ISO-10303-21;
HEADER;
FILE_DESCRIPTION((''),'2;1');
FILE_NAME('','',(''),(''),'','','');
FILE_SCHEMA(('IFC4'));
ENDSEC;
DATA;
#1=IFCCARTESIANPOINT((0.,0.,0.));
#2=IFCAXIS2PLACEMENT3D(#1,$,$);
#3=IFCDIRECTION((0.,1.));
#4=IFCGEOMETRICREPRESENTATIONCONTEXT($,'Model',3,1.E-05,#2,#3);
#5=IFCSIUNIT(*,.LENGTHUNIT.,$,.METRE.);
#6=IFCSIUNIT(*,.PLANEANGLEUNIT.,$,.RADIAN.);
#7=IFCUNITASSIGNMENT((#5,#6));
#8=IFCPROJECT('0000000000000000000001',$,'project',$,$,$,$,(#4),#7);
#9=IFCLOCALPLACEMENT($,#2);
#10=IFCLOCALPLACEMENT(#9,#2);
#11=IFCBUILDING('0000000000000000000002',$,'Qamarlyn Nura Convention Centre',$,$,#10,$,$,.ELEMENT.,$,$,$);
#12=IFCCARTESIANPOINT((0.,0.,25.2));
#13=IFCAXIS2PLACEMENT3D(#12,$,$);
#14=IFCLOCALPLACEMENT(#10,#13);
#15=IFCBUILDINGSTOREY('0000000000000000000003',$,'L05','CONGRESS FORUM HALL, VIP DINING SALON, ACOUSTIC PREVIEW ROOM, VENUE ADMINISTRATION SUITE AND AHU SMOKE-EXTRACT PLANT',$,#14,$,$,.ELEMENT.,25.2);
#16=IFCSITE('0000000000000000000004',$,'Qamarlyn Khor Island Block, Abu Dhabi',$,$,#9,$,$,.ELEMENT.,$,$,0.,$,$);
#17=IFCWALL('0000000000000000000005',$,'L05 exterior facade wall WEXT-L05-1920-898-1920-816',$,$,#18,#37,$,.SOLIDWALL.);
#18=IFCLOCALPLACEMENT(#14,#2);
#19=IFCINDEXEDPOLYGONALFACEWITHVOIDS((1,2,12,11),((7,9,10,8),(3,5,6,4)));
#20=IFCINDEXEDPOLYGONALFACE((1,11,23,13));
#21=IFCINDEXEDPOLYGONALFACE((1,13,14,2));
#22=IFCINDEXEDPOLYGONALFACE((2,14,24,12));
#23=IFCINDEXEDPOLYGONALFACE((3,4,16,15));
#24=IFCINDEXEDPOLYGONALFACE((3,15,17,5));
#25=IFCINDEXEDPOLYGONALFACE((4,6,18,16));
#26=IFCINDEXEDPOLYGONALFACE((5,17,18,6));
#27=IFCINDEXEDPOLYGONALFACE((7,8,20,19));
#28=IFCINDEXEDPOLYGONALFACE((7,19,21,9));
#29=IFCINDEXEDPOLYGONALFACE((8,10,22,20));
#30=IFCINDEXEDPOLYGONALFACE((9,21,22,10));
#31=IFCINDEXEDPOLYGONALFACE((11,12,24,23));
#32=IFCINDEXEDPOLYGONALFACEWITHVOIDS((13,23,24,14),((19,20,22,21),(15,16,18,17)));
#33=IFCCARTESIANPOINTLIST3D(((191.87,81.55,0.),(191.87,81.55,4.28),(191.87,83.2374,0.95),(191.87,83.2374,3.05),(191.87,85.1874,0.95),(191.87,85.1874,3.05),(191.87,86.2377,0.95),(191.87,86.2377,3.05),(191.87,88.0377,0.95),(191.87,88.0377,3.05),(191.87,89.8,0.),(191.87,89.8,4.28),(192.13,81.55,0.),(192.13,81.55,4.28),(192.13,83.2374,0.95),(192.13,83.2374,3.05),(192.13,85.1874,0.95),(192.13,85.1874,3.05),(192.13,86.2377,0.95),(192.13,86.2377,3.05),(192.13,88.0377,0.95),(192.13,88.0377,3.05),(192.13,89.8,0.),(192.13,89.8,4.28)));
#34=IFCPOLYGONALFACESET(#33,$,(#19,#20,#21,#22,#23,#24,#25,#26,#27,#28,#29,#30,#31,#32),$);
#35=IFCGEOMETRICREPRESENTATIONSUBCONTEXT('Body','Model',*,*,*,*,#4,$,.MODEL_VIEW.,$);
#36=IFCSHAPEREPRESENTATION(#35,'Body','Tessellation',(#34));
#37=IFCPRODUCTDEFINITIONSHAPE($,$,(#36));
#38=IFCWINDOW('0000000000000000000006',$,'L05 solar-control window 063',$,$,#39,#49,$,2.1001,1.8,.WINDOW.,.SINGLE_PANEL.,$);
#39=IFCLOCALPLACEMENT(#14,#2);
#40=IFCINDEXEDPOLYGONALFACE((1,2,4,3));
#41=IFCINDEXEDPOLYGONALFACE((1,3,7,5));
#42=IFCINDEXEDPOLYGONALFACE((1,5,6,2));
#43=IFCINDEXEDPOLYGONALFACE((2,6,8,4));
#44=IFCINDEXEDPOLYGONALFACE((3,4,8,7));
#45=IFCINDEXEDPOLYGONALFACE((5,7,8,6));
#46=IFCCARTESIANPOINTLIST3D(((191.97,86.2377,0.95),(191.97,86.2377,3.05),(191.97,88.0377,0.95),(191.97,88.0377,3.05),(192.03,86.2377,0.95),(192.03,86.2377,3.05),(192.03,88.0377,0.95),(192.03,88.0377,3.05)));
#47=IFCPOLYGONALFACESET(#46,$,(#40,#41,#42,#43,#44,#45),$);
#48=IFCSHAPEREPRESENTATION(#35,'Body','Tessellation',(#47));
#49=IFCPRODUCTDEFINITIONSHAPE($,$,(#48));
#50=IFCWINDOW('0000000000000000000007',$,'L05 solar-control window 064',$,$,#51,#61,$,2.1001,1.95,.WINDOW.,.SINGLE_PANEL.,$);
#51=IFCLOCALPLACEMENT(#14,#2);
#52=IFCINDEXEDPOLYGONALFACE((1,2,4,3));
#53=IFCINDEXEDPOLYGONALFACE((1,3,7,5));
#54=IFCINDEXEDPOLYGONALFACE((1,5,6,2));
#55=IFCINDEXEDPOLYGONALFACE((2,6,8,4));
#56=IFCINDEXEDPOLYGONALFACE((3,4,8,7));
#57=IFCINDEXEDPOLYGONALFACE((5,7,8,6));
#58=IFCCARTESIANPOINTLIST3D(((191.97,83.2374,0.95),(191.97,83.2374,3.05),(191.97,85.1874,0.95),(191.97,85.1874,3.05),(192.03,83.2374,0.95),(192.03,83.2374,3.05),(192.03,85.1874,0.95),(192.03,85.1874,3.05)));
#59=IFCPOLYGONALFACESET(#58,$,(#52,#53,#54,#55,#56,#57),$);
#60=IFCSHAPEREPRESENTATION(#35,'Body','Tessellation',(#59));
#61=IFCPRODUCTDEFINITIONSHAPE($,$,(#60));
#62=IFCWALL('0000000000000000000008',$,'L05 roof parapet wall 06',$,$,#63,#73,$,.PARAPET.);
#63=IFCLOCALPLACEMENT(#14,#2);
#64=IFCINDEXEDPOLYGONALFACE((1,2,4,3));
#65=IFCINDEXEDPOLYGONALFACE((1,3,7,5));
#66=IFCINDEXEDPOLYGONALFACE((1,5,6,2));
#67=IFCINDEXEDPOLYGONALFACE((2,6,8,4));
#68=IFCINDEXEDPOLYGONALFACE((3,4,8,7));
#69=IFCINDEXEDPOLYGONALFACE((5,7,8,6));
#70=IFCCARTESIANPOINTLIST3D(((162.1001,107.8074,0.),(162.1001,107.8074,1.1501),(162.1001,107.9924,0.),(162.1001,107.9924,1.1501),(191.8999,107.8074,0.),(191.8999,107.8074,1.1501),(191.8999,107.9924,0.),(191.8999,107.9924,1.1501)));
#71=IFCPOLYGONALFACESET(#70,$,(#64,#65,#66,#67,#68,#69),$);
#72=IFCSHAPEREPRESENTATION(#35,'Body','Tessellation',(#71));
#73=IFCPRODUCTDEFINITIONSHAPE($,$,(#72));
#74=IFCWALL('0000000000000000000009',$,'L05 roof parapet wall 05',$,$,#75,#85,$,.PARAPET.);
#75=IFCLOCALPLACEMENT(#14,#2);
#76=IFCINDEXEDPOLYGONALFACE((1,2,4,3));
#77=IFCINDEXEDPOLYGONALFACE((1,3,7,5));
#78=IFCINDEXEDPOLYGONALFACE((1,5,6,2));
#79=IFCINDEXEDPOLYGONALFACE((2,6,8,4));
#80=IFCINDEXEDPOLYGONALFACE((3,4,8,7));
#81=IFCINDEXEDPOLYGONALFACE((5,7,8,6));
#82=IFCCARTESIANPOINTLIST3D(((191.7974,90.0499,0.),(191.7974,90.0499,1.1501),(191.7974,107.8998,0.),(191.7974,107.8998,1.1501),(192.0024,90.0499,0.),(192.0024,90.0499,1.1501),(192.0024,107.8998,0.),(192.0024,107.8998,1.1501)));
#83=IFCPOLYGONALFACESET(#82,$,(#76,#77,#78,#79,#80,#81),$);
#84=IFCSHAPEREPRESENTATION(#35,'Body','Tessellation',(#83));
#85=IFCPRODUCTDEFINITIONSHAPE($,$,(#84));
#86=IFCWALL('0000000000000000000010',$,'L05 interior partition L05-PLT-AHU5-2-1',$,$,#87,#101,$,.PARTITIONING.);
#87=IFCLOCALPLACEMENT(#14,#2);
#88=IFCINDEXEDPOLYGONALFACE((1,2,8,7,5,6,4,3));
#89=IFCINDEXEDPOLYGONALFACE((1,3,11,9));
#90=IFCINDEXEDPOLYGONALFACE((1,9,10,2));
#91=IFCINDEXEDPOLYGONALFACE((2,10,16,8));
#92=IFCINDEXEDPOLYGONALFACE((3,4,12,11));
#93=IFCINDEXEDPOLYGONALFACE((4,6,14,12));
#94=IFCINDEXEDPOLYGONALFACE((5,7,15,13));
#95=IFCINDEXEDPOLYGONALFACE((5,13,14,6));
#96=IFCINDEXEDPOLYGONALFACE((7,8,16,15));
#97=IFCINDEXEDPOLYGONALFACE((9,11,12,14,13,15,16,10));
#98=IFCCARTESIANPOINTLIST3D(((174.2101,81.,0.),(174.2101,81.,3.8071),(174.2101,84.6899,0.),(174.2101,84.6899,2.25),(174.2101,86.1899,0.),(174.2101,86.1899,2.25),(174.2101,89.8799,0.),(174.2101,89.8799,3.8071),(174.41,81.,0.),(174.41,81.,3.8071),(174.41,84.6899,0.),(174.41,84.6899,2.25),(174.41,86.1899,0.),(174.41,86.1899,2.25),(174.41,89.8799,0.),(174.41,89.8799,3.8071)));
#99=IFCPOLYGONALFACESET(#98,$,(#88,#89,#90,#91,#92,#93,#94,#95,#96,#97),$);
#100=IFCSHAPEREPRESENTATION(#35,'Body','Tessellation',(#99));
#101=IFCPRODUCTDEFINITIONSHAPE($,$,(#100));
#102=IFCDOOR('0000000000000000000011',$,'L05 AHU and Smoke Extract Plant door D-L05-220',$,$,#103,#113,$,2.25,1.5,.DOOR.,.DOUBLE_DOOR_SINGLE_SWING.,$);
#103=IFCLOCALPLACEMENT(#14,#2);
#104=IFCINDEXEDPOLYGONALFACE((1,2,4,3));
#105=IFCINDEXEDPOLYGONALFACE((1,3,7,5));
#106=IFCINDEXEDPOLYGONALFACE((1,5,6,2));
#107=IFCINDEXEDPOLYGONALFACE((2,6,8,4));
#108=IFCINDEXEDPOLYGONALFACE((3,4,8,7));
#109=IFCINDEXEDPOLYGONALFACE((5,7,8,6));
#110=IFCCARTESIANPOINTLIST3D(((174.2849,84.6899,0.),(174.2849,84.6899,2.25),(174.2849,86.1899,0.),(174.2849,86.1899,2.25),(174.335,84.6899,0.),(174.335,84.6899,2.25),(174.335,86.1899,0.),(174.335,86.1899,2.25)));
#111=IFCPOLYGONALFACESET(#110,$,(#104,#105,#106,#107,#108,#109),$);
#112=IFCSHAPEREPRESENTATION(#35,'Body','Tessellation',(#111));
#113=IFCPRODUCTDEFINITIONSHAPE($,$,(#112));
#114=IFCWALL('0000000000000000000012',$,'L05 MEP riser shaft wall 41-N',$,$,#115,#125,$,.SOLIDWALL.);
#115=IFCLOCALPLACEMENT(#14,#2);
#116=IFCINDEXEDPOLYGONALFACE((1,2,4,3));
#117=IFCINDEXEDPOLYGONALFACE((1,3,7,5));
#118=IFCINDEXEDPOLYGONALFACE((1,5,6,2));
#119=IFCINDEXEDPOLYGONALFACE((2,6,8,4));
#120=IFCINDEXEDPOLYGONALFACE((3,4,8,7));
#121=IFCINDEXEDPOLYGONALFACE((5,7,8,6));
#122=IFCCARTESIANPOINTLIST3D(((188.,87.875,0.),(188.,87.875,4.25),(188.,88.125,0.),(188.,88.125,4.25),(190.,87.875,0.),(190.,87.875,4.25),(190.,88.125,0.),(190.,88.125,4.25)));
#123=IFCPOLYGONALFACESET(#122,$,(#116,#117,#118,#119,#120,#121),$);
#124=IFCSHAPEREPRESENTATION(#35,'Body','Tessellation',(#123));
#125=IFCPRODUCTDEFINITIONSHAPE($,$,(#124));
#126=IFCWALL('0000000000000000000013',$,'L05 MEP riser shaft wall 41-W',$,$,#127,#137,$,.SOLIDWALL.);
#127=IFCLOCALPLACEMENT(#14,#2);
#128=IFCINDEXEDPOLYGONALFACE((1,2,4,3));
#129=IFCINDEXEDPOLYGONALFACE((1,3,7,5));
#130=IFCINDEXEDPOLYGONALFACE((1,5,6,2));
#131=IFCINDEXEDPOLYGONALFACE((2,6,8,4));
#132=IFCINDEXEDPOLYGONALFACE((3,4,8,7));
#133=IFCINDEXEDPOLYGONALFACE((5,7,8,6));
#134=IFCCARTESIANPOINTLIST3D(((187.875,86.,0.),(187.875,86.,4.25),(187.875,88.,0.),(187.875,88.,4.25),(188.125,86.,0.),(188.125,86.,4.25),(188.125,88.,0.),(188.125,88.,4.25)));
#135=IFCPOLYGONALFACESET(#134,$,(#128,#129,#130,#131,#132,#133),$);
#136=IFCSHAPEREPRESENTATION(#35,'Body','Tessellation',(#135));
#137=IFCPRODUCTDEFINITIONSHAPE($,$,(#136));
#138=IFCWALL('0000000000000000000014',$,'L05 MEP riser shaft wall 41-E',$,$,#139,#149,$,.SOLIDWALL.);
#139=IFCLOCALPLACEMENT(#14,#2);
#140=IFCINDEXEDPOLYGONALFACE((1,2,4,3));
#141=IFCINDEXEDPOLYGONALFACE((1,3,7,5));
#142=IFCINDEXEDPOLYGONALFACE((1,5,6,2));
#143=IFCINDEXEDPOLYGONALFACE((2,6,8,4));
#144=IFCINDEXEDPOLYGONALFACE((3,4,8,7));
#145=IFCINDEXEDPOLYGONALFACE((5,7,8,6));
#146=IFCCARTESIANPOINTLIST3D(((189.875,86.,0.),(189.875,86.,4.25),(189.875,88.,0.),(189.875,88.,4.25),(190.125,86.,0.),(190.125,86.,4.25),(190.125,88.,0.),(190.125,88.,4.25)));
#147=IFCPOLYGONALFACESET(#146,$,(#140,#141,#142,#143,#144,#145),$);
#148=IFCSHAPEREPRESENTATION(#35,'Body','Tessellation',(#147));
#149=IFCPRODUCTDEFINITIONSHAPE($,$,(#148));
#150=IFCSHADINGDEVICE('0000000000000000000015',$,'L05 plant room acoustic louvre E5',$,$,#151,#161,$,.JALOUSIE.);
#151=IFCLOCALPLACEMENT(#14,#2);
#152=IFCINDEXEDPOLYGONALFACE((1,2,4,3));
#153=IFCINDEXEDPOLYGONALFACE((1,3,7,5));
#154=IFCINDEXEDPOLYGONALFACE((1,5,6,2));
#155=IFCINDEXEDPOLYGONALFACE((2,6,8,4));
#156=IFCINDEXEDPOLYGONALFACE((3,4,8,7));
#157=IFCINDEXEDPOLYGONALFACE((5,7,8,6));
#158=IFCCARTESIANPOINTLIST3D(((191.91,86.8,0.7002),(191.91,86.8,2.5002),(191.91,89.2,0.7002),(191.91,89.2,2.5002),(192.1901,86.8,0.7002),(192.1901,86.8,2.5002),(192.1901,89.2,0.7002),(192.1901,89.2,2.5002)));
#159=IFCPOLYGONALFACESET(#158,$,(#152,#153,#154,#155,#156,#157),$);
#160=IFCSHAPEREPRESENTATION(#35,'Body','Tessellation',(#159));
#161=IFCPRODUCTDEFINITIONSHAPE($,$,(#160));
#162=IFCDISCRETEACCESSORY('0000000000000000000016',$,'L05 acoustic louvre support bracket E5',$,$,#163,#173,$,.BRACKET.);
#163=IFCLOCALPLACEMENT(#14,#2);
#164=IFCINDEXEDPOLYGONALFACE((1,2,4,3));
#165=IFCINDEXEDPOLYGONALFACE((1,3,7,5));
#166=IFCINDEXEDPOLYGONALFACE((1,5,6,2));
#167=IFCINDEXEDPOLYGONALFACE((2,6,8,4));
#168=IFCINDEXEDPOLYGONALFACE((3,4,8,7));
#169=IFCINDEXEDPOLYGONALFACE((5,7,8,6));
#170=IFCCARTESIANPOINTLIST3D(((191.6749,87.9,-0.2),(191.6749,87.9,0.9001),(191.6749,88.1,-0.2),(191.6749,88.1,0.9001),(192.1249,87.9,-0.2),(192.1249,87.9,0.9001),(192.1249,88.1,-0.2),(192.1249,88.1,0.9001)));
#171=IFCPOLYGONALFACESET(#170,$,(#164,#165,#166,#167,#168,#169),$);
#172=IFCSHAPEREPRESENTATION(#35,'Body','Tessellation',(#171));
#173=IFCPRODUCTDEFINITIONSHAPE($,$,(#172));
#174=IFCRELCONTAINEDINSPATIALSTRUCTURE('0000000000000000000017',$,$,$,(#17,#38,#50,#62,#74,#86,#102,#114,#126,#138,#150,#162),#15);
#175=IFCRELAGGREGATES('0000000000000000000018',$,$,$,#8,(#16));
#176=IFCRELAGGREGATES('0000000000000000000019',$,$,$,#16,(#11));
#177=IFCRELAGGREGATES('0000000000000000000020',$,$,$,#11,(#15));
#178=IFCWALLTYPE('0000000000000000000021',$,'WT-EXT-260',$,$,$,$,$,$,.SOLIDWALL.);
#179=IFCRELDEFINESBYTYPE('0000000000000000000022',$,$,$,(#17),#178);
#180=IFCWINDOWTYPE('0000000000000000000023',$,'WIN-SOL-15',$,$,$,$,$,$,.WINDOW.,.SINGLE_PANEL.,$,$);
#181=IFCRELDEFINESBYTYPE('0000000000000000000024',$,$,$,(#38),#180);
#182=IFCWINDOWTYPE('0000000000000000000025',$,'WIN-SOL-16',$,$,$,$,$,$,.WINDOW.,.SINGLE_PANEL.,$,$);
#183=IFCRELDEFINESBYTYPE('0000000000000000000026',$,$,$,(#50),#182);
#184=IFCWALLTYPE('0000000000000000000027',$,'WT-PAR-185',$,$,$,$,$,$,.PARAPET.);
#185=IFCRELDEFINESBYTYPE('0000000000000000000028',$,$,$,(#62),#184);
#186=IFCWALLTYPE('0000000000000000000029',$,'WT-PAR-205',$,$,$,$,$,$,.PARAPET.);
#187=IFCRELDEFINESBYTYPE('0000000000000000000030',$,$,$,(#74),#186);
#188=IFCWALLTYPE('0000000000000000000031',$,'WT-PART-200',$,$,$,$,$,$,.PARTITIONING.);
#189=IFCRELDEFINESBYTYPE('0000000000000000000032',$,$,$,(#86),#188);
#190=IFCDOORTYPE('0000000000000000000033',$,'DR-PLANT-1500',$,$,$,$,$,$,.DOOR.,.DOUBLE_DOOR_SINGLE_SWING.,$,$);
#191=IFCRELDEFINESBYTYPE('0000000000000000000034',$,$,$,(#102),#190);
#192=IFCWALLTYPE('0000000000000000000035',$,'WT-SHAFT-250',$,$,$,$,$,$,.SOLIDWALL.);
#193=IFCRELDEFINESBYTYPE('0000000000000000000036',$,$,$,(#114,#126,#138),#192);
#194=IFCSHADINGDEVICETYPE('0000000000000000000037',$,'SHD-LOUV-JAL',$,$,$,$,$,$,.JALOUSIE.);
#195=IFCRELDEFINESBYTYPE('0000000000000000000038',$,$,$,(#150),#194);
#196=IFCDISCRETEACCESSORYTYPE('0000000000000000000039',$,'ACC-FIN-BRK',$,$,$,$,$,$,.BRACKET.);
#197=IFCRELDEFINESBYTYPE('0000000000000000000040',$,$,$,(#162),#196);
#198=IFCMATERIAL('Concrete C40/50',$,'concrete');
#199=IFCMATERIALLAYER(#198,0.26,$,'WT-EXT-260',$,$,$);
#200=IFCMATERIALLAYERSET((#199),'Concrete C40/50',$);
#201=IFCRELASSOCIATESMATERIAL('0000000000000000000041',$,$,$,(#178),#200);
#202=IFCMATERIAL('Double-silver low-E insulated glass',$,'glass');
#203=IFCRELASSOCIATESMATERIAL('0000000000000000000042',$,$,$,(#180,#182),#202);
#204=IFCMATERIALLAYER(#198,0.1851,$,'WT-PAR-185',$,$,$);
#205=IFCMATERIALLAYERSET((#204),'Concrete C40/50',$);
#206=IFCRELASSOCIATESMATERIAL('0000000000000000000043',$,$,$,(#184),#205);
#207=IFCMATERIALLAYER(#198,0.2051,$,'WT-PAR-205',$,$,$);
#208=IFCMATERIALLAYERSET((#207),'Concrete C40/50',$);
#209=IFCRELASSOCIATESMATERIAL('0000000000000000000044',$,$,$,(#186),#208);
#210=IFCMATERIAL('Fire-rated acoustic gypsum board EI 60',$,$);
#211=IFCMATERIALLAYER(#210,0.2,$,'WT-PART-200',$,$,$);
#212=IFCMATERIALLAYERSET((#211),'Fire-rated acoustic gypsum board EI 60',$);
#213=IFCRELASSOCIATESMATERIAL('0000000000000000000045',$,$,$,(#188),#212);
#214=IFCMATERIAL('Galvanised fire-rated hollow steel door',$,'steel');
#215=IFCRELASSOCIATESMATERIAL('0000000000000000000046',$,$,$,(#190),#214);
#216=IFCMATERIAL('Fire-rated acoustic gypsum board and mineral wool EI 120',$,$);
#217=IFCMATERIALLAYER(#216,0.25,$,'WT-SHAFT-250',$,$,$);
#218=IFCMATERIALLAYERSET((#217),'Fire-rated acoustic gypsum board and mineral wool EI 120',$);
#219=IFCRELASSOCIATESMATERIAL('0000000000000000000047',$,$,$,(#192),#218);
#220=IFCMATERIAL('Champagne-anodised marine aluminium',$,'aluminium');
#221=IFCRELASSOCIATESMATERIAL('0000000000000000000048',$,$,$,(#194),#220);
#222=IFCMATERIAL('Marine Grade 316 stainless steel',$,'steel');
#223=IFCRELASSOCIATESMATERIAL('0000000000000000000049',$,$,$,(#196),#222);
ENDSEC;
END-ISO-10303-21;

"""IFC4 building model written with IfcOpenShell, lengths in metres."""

from ifc_helpers import new_model, si_unit, direction, frame, frame_2d, origin, origin_2d, place, context, subcontext, project, spatial, rectangle, extrude, material, layer, layer_set, type_object, element, fill, save


model = new_model("IFC4")

# Units and contexts
model_context = context("Model", 3, precision=1e-05, world=origin(), true_north=direction((0.0, 1.0)))
body_context = subcontext(model_context, "Body", "Model", "MODEL_VIEW")
ifc_project = project(units=[si_unit("LENGTHUNIT", "METRE"), si_unit("PLANEANGLEUNIT", "RADIAN")], contexts=[model_context])

# Site, building, storey
site_placement = place(None, origin())
site = spatial("IfcSite", under=ifc_project, at=site_placement, Name="Qamarlyn Khor Island Block, Abu Dhabi", CompositionType="ELEMENT", RefElevation=0.0)
building_placement = place(site_placement, origin())
building = spatial("IfcBuilding", under=site, at=building_placement, Name="Qamarlyn Nura Convention Centre", CompositionType="ELEMENT")
storey_placement = place(building_placement, frame((0.0, 0.0, 25.2)))
storey = spatial("IfcBuildingStorey", under=building, at=storey_placement, Name="L05", Description="CONGRESS FORUM HALL, VIP DINING SALON, ACOUSTIC PREVIEW ROOM, VENUE ADMINISTRATION SUITE AND AHU SMOKE-EXTRACT PLANT", CompositionType="ELEMENT", Elevation=25.2)

# Shared definitions
ifc_material_1 = material(Name="Concrete C40/50", Category="concrete")

# Wall, openings, windows
ifc_layer_1 = layer(ifc_material_1, 0.26, Name="WT-EXT-260")
ifc_layer_set_1 = layer_set([ifc_layer_1], Name="Concrete C40/50")
wall_type_1 = type_object("IfcWallType", Name="WT-EXT-260", PredefinedType="SOLIDWALL", material=ifc_layer_set_1)
wall_1_placement = place(storey_placement, frame((192.0, 89.8, 0.0), z_axis=(0.0, 0.0, 1.0), x_axis=(0.0, -1.0, 0.0)))
wall_1 = element("IfcWall", 1, at=wall_1_placement, inside=storey, type_object=wall_type_1, Name="L05 exterior facade wall WEXT-L05-1920-898-1920-816", PredefinedType="SOLIDWALL", context=body_context, shape_type="SweptSolid", body=[
    extrude(rectangle(XDim=8.25, YDim=0.26, at=frame_2d((4.125, 0.0))), origin(), (0.0, 0.0, 1.0), 4.28),
])
opening_1_placement = place(wall_1_placement, frame((1.7625, 0.0, 0.95)))
opening_1 = element("IfcOpeningElement", 2, at=opening_1_placement, cuts=wall_1, PredefinedType="OPENING", context=body_context, shape_type="SweptSolid", body=[
    extrude(rectangle(XDim=1.8, YDim=2.1001, at=frame_2d((0.8999, 1.05))), frame((0.0, 0.1401, 0.0), z_axis=(0.0, -1.0, 0.0), x_axis=(1.0, 0.0, 0.0)), (0.0, 0.0, 1.0), 0.28),
])
opening_2_placement = place(wall_1_placement, frame((4.6125, 0.0, 0.95)))
opening_2 = element("IfcOpeningElement", 3, at=opening_2_placement, cuts=wall_1, PredefinedType="OPENING", context=body_context, shape_type="SweptSolid", body=[
    extrude(rectangle(XDim=1.95, YDim=2.1001, at=frame_2d((0.9751, 1.05))), frame((0.0, 0.1401, 0.0), z_axis=(0.0, -1.0, 0.0), x_axis=(1.0, 0.0, 0.0)), (0.0, 0.0, 1.0), 0.28),
])
ifc_material_2 = material(Name="Double-silver low-E insulated glass", Category="glass")
window_type_1 = type_object("IfcWindowType", Name="WIN-SOL-15", PartitioningType="SINGLE_PANEL", PredefinedType="WINDOW", material=ifc_material_2)
window_1_placement = place(opening_1_placement, origin())
window_1 = element("IfcWindow", 4, at=window_1_placement, inside=storey, type_object=window_type_1, Name="L05 solar-control window 063", OverallHeight=2.1001, OverallWidth=1.8, PartitioningType="SINGLE_PANEL", PredefinedType="WINDOW", context=body_context, shape_type="SweptSolid", body=[
    extrude(rectangle(XDim=1.8, YDim=2.1001, at=frame_2d((0.8999, 1.05))), frame((0.0, 0.03, 0.0), z_axis=(0.0, -1.0, 0.0), x_axis=(1.0, 0.0, 0.0)), (0.0, 0.0, 1.0), 0.0601),
])
fill(opening_1, window_1)
window_type_2 = type_object("IfcWindowType", Name="WIN-SOL-16", PartitioningType="SINGLE_PANEL", PredefinedType="WINDOW", material=ifc_material_2)
window_2_placement = place(opening_2_placement, origin())
window_2 = element("IfcWindow", 5, at=window_2_placement, inside=storey, type_object=window_type_2, Name="L05 solar-control window 064", OverallHeight=2.1001, OverallWidth=1.95, PartitioningType="SINGLE_PANEL", PredefinedType="WINDOW", context=body_context, shape_type="SweptSolid", body=[
    extrude(rectangle(XDim=1.95, YDim=2.1001, at=frame_2d((0.9751, 1.05))), frame((0.0, 0.03, 0.0), z_axis=(0.0, -1.0, 0.0), x_axis=(1.0, 0.0, 0.0)), (0.0, 0.0, 1.0), 0.0601),
])
fill(opening_2, window_2)

# Walls
ifc_layer_2 = layer(ifc_material_1, 0.1851, Name="WT-PAR-185")
ifc_layer_set_2 = layer_set([ifc_layer_2], Name="Concrete C40/50")
wall_type_2 = type_object("IfcWallType", Name="WT-PAR-185", PredefinedType="PARAPET", material=ifc_layer_set_2)
wall_2_placement = place(storey_placement, frame((191.8999, 107.8999, 0.0), z_axis=(0.0, 0.0, 1.0), x_axis=(-1.0, 0.0, 0.0)))
element("IfcWall", 6, at=wall_2_placement, inside=storey, type_object=wall_type_2, Name="L05 roof parapet wall 06", PredefinedType="PARAPET", context=body_context, shape_type="SweptSolid", body=[
    extrude(rectangle(XDim=29.7998, YDim=0.1851, at=frame_2d((14.8999, 0.0))), origin(), (0.0, 0.0, 1.0), 1.1501),
])
ifc_layer_3 = layer(ifc_material_1, 0.2051, Name="WT-PAR-205")
ifc_layer_set_3 = layer_set([ifc_layer_3], Name="Concrete C40/50")
wall_type_3 = type_object("IfcWallType", Name="WT-PAR-205", PredefinedType="PARAPET", material=ifc_layer_set_3)
wall_3_placement = place(storey_placement, frame((191.8999, 90.05, 0.0), z_axis=(0.0, 0.0, 1.0), x_axis=(0.0, 1.0, 0.0)))
element("IfcWall", 7, at=wall_3_placement, inside=storey, type_object=wall_type_3, Name="L05 roof parapet wall 05", PredefinedType="PARAPET", context=body_context, shape_type="SweptSolid", body=[
    extrude(rectangle(XDim=17.8499, YDim=0.2051, at=frame_2d((8.9248, 0.0))), origin(), (0.0, 0.0, 1.0), 1.1501),
])

# Wall, opening, door
ifc_material_3 = material(Name="Fire-rated acoustic gypsum board EI 60")
ifc_layer_4 = layer(ifc_material_3, 0.2, Name="WT-PART-200")
ifc_layer_set_4 = layer_set([ifc_layer_4], Name="Fire-rated acoustic gypsum board EI 60")
wall_type_4 = type_object("IfcWallType", Name="WT-PART-200", PredefinedType="PARTITIONING", material=ifc_layer_set_4)
wall_4_placement = place(storey_placement, frame((174.3101, 89.8799, 0.0), z_axis=(0.0, 0.0, 1.0), x_axis=(0.0, -1.0, 0.0)))
wall_4 = element("IfcWall", 8, at=wall_4_placement, inside=storey, type_object=wall_type_4, Name="L05 interior partition L05-PLT-AHU5-2-1", PredefinedType="PARTITIONING", context=body_context, shape_type="SweptSolid", body=[
    extrude(rectangle(XDim=8.8799, YDim=0.2, at=frame_2d((4.4399, 0.0))), origin(), (0.0, 0.0, 1.0), 3.8071),
])
opening_3_placement = place(wall_4_placement, frame((3.6899, 0.0, 0.0)))
opening_3 = element("IfcOpeningElement", 9, at=opening_3_placement, cuts=wall_4, PredefinedType="OPENING", context=body_context, shape_type="SweptSolid", body=[
    extrude(rectangle(XDim=1.5, YDim=2.25, at=frame_2d((0.75, 1.125))), frame((0.0, 0.1099, 0.0), z_axis=(0.0, -1.0, 0.0), x_axis=(1.0, 0.0, 0.0)), (0.0, 0.0, 1.0), 0.22),
])
ifc_material_4 = material(Name="Galvanised fire-rated hollow steel door", Category="steel")
door_type = type_object("IfcDoorType", Name="DR-PLANT-1500", OperationType="DOUBLE_DOOR_SINGLE_SWING", PredefinedType="DOOR", material=ifc_material_4)
door_placement = place(opening_3_placement, origin())
door = element("IfcDoor", 10, at=door_placement, inside=storey, type_object=door_type, Name="L05 AHU and Smoke Extract Plant door D-L05-220", OperationType="DOUBLE_DOOR_SINGLE_SWING", OverallHeight=2.25, OverallWidth=1.5, PredefinedType="DOOR", context=body_context, shape_type="SweptSolid", body=[
    extrude(rectangle(XDim=1.5, YDim=2.25, at=frame_2d((0.75, 1.125))), frame((0.0, 0.0249, 0.0), z_axis=(0.0, -1.0, 0.0), x_axis=(1.0, 0.0, 0.0)), (0.0, 0.0, 1.0), 0.05),
])
fill(opening_3, door)

# Walls
ifc_material_5 = material(Name="Fire-rated acoustic gypsum board and mineral wool EI 120")
ifc_layer_5 = layer(ifc_material_5, 0.25, Name="WT-SHAFT-250")
ifc_layer_set_5 = layer_set([ifc_layer_5], Name="Fire-rated acoustic gypsum board and mineral wool EI 120")
wall_type_5 = type_object("IfcWallType", Name="WT-SHAFT-250", PredefinedType="SOLIDWALL", material=ifc_layer_set_5)
for number, where, z_axis, x_axis, name in (
    (11, (190.0, 88.0, 0.0), (0.0, 0.0, 1.0), (-1.0, 0.0, 0.0), "L05 MEP riser shaft wall 41-N"),
    (12, (188.0, 88.0, 0.0), (0.0, 0.0, 1.0), (0.0, -1.0, 0.0), "L05 MEP riser shaft wall 41-W"),
    (13, (190.0, 86.0, 0.0), (0.0, 0.0, 1.0), (0.0, 1.0, 0.0), "L05 MEP riser shaft wall 41-E"),
):
    element("IfcWall", number, at=place(storey_placement, frame(where, z_axis=z_axis, x_axis=x_axis)), inside=storey, type_object=wall_type_5, Name=name, PredefinedType="SOLIDWALL", context=body_context, shape_type="SweptSolid", body=[
        extrude(rectangle(XDim=2.0, YDim=0.25, at=frame_2d((1.0, 0.0))), origin(), (0.0, 0.0, 1.0), 4.25),
    ])

# Shading device
ifc_material_6 = material(Name="Champagne-anodised marine aluminium", Category="aluminium")
shading_device_type = type_object("IfcShadingDeviceType", Name="SHD-LOUV-JAL", PredefinedType="JALOUSIE", material=ifc_material_6)
shading_device_placement = place(storey_placement, frame((192.05, 88.0, 0.7002), z_axis=(0.0, 0.0, 1.0), x_axis=(1.0, 0.0, 0.0)))
element("IfcShadingDevice", 14, at=shading_device_placement, inside=storey, type_object=shading_device_type, Name="L05 plant room acoustic louvre E5", PredefinedType="JALOUSIE", context=body_context, shape_type="SweptSolid", body=[
    extrude(rectangle(XDim=0.28, YDim=2.3999, at=origin_2d()), origin(), (0.0, 0.0, 1.0), 1.8),
])

# Discrete accessory
ifc_material_7 = material(Name="Marine Grade 316 stainless steel", Category="steel")
discrete_accessory_type = type_object("IfcDiscreteAccessoryType", Name="ACC-FIN-BRK", PredefinedType="BRACKET", material=ifc_material_7)
discrete_accessory_placement = place(storey_placement, frame((191.8999, 88.0, -0.2), z_axis=(0.0, 0.0, 1.0), x_axis=(1.0, 0.0, 0.0)))
element("IfcDiscreteAccessory", 15, at=discrete_accessory_placement, inside=storey, type_object=discrete_accessory_type, Name="L05 acoustic louvre support bracket E5", PredefinedType="BRACKET", context=body_context, shape_type="SweptSolid", body=[
    extrude(rectangle(XDim=0.45, YDim=0.2, at=origin_2d()), origin(), (0.0, 0.0, 1.0), 1.1001),
])

save(model, "model.ifc")
